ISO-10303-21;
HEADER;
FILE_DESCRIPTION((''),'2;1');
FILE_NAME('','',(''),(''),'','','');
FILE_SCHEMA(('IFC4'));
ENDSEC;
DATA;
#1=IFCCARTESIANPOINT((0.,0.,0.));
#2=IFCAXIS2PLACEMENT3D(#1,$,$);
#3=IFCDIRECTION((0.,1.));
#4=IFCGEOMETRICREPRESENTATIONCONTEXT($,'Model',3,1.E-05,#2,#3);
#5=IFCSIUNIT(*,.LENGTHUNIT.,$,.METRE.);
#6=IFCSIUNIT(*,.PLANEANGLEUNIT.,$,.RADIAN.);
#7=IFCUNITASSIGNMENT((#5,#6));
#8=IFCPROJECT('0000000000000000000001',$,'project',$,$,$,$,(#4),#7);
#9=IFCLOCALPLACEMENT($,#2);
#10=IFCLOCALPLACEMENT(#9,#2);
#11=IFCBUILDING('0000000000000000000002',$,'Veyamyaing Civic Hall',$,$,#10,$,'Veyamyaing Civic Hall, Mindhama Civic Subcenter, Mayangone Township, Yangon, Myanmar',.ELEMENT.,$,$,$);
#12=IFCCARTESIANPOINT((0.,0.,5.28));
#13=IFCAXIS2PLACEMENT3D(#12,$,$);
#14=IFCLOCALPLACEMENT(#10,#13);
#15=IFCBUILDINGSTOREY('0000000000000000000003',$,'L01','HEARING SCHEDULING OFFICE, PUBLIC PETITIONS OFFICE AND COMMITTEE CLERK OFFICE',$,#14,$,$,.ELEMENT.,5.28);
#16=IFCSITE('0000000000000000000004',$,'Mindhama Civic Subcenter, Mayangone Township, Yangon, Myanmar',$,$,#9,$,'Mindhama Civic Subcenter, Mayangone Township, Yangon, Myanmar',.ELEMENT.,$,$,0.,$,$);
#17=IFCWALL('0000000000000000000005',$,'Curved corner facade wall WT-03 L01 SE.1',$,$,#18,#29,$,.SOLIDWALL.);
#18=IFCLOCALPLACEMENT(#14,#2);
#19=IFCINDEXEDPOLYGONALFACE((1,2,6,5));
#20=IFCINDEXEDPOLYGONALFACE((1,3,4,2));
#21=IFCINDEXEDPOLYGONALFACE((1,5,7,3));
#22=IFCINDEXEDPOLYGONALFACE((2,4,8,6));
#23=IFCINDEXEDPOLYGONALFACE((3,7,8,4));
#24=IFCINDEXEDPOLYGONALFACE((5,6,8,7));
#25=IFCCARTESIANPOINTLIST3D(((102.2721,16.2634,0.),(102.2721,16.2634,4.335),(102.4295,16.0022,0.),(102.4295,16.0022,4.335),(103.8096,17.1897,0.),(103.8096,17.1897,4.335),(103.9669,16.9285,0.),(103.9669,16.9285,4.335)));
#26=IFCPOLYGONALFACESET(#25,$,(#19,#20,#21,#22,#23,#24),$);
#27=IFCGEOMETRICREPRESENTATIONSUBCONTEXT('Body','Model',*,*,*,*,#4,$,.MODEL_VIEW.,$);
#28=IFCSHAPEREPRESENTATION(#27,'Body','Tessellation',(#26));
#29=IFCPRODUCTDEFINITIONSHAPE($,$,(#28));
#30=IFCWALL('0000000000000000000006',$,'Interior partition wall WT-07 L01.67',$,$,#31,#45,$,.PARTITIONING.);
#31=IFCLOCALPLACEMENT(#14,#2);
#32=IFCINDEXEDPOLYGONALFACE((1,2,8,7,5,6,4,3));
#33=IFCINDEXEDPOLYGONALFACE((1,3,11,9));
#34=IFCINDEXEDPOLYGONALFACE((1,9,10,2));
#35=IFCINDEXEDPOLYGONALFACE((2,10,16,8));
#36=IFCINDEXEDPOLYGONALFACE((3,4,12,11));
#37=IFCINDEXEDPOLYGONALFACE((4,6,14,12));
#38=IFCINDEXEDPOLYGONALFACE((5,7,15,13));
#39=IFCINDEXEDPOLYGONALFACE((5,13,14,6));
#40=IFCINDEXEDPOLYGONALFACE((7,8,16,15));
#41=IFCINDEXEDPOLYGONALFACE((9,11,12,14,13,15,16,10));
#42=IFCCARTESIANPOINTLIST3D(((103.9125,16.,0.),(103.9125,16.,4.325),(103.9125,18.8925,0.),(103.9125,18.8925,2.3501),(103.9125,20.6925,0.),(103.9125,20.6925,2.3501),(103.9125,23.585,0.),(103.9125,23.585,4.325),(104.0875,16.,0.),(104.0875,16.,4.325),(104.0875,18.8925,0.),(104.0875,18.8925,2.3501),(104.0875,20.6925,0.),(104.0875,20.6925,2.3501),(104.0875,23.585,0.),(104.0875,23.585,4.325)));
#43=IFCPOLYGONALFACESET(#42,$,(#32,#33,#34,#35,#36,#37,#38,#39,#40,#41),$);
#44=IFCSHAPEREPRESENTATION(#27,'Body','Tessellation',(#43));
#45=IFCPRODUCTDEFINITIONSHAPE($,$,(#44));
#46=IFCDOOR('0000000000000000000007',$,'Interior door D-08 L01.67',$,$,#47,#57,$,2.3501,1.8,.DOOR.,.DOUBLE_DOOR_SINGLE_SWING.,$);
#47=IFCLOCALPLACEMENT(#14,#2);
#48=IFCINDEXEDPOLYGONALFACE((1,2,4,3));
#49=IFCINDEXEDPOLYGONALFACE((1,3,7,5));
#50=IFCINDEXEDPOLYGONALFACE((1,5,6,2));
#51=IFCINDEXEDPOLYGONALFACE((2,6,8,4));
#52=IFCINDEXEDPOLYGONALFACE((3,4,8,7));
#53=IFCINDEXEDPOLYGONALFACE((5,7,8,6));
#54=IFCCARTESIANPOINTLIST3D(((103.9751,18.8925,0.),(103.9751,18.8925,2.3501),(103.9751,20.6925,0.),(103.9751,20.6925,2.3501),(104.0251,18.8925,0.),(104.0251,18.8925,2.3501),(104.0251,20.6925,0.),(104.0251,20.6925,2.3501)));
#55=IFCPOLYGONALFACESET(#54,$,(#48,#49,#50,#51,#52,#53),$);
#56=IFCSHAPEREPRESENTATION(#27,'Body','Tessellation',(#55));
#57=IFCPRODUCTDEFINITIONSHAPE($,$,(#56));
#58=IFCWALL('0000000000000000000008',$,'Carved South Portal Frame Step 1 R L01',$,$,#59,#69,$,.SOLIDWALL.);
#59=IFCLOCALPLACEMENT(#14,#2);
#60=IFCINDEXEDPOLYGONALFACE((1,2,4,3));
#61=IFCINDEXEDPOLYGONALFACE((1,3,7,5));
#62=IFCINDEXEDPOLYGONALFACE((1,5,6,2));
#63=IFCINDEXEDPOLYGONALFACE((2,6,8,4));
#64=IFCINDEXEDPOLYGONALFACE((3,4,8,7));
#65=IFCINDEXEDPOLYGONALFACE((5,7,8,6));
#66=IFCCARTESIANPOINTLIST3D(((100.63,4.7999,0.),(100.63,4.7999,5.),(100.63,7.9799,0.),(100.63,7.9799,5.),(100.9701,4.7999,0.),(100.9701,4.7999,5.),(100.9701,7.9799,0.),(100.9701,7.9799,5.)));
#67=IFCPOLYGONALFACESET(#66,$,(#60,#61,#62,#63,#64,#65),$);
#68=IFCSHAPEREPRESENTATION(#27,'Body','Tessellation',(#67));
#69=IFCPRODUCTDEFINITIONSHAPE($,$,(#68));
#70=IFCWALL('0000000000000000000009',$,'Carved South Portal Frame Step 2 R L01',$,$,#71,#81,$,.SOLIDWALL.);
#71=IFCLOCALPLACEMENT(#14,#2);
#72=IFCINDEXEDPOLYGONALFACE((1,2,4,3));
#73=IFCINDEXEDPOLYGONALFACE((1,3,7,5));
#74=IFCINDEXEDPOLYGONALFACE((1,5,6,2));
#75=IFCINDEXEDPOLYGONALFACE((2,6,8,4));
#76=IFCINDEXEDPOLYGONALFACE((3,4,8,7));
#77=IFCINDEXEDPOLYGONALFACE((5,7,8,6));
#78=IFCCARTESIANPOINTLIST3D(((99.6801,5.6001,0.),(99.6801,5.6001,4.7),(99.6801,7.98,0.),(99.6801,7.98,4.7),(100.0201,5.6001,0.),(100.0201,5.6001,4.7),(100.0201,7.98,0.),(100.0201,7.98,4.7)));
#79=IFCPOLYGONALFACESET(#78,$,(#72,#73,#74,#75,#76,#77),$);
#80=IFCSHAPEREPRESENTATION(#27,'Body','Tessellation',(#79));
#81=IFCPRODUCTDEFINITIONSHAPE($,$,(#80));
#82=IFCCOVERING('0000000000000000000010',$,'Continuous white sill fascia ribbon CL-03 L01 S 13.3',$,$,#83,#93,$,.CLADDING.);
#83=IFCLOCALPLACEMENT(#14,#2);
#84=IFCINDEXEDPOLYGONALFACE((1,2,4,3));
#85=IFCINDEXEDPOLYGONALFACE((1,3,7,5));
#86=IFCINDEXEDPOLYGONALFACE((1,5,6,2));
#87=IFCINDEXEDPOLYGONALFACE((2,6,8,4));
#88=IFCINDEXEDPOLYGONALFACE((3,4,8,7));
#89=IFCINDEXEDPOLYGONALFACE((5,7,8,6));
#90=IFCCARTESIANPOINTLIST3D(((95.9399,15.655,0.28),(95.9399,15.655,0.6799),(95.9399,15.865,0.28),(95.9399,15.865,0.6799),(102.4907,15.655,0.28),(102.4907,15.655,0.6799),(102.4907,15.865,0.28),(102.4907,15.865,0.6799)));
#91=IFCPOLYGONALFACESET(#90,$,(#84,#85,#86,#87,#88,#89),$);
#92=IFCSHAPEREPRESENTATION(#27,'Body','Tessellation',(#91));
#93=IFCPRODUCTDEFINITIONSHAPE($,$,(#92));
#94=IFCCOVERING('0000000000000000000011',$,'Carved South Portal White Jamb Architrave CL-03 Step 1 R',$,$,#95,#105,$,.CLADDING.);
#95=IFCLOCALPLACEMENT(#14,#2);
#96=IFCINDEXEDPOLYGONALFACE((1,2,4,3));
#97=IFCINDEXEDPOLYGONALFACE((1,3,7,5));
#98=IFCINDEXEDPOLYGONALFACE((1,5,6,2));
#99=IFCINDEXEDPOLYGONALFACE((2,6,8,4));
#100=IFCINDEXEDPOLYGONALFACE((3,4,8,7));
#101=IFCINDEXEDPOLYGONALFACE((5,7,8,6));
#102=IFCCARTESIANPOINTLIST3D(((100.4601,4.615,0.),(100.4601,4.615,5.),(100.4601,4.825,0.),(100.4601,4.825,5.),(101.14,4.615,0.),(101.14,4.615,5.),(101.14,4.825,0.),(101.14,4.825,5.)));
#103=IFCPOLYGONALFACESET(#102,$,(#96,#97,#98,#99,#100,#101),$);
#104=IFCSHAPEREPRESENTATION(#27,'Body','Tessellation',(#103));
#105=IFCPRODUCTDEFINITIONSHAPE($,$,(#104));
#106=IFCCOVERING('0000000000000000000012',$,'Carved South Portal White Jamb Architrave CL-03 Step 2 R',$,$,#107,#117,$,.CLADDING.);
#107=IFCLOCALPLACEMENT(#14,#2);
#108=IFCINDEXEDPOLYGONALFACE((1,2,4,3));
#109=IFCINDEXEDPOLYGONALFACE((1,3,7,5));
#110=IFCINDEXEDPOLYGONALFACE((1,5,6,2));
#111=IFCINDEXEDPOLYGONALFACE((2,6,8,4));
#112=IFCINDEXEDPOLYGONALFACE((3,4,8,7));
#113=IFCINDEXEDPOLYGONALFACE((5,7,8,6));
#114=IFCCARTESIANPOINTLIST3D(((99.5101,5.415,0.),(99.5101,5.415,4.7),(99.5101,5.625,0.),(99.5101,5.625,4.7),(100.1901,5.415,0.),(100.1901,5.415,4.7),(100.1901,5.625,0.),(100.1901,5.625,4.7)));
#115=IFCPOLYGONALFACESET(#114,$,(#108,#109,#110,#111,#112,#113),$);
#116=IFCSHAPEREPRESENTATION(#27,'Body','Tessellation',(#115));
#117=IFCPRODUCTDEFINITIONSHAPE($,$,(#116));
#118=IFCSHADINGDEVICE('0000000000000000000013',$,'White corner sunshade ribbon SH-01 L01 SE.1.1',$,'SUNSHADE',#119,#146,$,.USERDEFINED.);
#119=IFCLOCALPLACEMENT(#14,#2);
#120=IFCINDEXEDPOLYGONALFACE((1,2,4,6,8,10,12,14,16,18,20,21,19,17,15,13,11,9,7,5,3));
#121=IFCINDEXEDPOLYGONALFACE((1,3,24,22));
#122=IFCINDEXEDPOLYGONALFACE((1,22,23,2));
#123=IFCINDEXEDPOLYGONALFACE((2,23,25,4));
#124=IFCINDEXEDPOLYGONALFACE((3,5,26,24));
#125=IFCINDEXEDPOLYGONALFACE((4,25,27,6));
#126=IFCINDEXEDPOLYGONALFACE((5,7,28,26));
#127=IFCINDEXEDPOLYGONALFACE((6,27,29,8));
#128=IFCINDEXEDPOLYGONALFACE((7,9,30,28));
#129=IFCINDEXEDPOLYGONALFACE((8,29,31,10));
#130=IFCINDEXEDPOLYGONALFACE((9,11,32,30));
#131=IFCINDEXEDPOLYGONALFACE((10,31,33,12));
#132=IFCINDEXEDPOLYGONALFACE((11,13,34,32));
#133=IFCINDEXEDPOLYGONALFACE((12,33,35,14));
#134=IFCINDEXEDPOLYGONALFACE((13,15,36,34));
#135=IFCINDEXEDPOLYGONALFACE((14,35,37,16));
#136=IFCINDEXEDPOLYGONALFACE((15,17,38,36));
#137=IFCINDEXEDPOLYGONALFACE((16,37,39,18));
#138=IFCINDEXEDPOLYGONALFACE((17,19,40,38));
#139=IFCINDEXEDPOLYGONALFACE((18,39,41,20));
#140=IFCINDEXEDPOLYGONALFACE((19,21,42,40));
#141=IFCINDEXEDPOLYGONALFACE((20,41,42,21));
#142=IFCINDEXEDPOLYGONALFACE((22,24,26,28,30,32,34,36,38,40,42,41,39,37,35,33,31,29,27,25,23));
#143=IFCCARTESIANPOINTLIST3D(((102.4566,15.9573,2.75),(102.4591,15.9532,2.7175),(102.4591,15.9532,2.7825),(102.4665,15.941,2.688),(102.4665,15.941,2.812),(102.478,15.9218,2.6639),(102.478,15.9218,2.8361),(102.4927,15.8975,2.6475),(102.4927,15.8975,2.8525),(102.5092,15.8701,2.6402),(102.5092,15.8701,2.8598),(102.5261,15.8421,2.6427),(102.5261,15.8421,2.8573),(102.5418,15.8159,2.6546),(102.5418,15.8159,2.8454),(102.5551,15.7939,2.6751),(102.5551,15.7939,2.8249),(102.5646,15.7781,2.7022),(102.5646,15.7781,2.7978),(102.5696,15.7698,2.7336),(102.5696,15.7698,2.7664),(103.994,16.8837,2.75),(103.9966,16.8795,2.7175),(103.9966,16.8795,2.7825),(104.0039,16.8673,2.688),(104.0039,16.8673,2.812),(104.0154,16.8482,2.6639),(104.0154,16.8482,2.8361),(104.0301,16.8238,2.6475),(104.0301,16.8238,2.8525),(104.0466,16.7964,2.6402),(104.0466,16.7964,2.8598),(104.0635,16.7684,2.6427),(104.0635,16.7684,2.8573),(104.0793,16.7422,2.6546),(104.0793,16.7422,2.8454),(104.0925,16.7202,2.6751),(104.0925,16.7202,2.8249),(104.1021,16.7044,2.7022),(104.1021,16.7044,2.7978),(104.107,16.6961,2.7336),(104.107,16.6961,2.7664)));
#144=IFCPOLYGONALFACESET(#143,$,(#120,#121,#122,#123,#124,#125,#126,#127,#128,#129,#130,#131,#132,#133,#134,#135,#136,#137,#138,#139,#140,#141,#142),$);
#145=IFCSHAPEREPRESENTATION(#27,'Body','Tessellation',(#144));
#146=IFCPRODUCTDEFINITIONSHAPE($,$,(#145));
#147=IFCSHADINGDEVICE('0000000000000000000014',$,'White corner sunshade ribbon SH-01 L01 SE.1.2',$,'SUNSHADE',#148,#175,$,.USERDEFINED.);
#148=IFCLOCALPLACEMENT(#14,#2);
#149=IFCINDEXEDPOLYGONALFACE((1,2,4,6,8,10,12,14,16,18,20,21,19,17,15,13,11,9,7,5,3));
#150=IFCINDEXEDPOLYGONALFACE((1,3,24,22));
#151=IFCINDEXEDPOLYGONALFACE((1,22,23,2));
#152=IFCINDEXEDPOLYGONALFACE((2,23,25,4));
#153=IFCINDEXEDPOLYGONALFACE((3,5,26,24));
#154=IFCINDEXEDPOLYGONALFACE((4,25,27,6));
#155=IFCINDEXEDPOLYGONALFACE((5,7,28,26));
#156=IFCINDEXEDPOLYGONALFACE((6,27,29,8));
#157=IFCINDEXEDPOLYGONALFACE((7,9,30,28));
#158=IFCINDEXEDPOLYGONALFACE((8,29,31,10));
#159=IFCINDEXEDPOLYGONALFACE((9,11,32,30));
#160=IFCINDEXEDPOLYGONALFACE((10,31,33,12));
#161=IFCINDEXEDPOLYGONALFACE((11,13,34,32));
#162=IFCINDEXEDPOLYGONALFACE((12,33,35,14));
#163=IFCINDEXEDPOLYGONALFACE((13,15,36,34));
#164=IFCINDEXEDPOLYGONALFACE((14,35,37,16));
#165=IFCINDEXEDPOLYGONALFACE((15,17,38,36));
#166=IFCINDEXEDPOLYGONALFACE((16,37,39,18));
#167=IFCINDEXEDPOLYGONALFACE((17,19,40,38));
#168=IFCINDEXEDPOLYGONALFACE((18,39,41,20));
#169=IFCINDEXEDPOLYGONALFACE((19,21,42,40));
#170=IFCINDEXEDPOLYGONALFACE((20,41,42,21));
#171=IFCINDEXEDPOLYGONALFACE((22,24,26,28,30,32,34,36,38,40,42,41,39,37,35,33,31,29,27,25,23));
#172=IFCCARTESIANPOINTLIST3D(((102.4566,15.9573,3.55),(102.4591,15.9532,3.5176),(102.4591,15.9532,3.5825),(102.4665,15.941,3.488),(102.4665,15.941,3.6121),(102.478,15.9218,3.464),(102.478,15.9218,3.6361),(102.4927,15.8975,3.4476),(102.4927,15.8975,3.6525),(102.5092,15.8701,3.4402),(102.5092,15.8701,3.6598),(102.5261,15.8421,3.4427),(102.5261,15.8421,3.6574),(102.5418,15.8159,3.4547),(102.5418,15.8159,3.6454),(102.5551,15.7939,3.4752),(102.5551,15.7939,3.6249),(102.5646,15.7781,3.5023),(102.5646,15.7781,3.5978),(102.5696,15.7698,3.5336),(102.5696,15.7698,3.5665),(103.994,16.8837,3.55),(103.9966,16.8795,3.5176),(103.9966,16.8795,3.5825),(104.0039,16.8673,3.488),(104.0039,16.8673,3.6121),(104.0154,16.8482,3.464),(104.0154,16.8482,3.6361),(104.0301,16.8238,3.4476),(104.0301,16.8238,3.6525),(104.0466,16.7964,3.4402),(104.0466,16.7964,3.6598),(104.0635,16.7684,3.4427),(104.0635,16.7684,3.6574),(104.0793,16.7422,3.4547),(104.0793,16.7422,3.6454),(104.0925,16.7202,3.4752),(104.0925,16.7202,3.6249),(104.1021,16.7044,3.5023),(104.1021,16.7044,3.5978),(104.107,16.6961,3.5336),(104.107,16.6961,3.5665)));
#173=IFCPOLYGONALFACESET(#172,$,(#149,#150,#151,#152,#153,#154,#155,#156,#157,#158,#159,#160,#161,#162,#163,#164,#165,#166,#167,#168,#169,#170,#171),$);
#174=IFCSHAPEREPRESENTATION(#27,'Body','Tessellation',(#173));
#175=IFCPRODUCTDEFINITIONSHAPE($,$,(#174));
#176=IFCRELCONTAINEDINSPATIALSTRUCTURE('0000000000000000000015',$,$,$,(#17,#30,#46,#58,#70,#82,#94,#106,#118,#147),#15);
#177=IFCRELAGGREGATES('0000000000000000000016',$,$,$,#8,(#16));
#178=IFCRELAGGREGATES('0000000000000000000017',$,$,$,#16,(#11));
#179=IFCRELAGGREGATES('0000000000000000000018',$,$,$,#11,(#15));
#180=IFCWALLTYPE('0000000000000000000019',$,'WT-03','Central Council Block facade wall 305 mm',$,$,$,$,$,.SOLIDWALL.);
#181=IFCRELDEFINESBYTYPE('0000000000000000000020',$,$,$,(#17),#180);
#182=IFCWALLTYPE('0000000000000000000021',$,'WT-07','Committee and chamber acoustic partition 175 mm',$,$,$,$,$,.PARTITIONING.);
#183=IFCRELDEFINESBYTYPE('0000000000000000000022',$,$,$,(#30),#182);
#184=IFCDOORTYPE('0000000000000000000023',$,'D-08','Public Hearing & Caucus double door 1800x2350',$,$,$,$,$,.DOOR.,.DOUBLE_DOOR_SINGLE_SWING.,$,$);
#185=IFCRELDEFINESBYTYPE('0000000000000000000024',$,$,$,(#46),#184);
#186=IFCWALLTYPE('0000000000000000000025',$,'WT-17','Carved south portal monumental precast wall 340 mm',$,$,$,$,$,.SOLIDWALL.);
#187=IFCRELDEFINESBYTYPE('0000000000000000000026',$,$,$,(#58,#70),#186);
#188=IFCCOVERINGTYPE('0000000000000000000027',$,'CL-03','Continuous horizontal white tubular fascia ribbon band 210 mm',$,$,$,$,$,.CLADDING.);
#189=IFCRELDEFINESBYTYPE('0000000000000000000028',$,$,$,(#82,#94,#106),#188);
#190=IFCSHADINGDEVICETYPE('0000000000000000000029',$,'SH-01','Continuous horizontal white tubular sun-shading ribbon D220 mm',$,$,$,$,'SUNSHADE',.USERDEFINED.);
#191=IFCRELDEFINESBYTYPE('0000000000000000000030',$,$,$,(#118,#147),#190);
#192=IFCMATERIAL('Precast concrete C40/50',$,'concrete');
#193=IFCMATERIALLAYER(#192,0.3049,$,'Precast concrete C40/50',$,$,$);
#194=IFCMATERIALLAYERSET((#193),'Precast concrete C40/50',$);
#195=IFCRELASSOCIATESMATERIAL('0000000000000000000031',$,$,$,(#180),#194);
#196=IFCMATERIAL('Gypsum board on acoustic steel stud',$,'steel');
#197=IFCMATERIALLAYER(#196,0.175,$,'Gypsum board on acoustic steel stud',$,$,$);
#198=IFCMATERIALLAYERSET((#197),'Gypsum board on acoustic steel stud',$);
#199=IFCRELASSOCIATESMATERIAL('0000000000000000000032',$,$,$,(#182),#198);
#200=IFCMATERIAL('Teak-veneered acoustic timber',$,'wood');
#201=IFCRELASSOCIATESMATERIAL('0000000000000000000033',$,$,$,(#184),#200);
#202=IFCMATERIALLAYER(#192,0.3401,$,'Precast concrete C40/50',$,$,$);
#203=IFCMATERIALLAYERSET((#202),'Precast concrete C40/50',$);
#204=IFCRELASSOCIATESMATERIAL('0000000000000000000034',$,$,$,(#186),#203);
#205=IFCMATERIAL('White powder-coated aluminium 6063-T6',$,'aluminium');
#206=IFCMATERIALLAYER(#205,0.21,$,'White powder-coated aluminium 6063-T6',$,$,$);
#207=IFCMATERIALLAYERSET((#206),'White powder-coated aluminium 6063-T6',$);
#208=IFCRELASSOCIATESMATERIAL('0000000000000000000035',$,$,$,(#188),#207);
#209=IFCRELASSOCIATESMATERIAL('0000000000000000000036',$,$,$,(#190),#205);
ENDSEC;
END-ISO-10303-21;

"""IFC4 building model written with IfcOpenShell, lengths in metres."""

from ifc_helpers import new_model, si_unit, direction, frame, frame_2d, origin, origin_2d, place, context, subcontext, project, spatial, rectangle, circle, extrude, material, layer, layer_set, material_profile, profile_set, type_object, element, fill, save


model = new_model("IFC4")

# Units and contexts
model_context = context("Model", 3, precision=1e-05, world=origin(), true_north=direction((0.0, 1.0)))
body_context = subcontext(model_context, "Body", "Model", "MODEL_VIEW")
ifc_project = project(units=[si_unit("LENGTHUNIT", "METRE"), si_unit("PLANEANGLEUNIT", "RADIAN")], contexts=[model_context])

# Site, building, storey
site_placement = place(None, origin())
site = spatial("IfcSite", under=ifc_project, at=site_placement, Name="Mindhama Civic Subcenter, Mayangone Township, Yangon, Myanmar", LongName="Mindhama Civic Subcenter, Mayangone Township, Yangon, Myanmar", CompositionType="ELEMENT", RefElevation=0.0)
building_placement = place(site_placement, origin())
building = spatial("IfcBuilding", under=site, at=building_placement, Name="Veyamyaing Civic Hall", LongName="Veyamyaing Civic Hall, Mindhama Civic Subcenter, Mayangone Township, Yangon, Myanmar", CompositionType="ELEMENT")
storey_placement = place(building_placement, frame((0.0, 0.0, 5.28)))
storey = spatial("IfcBuildingStorey", under=building, at=storey_placement, Name="L01", Description="HEARING SCHEDULING OFFICE, PUBLIC PETITIONS OFFICE AND COMMITTEE CLERK OFFICE", CompositionType="ELEMENT", Elevation=5.28)

# Wall
ifc_material_1 = material(Name="Precast concrete C40/50", Category="concrete")
ifc_layer_1 = layer(ifc_material_1, 0.3049, Name="Precast concrete C40/50")
ifc_layer_set_1 = layer_set([ifc_layer_1], Name="Precast concrete C40/50")
wall_type_1 = type_object("IfcWallType", Name="WT-03", Description="Central Council Block facade wall 305 mm", PredefinedType="SOLIDWALL", material=ifc_layer_set_1)
wall_1_placement = place(storey_placement, frame((102.3508, 16.1328, 0.0), z_axis=(0.0, 0.0, 1.0), x_axis=(0.856543, 0.516075, 0.0)))
element("IfcWall", 1, at=wall_1_placement, inside=storey, type_object=wall_type_1, Name="Curved corner facade wall WT-03 L01 SE.1", PredefinedType="SOLIDWALL", context=body_context, shape_type="SweptSolid", body=[
    extrude(rectangle(XDim=1.7949, YDim=0.3049, at=frame_2d((0.8975, 0.0))), origin(), (0.0, 0.0, 1.0), 4.335),
])

# Wall, opening, door
ifc_material_2 = material(Name="Gypsum board on acoustic steel stud", Category="steel")
ifc_layer_2 = layer(ifc_material_2, 0.175, Name="Gypsum board on acoustic steel stud")
ifc_layer_set_2 = layer_set([ifc_layer_2], Name="Gypsum board on acoustic steel stud")
wall_type_2 = type_object("IfcWallType", Name="WT-07", Description="Committee and chamber acoustic partition 175 mm", PredefinedType="PARTITIONING", material=ifc_layer_set_2)
wall_2_placement = place(storey_placement, frame((104.0, 16.0, 0.0), z_axis=(0.0, 0.0, 1.0), x_axis=(0.0, 1.0, 0.0)))
wall_2 = element("IfcWall", 2, at=wall_2_placement, inside=storey, type_object=wall_type_2, Name="Interior partition wall WT-07 L01.67", PredefinedType="PARTITIONING", context=body_context, shape_type="SweptSolid", body=[
    extrude(rectangle(XDim=7.585, YDim=0.175, at=frame_2d((3.7925, 0.0))), origin(), (0.0, 0.0, 1.0), 4.325),
])
opening_placement = place(wall_2_placement, frame((2.8926, 0.0, 0.0)))
opening = element("IfcOpeningElement", 3, at=opening_placement, cuts=wall_2, PredefinedType="OPENING", context=body_context, shape_type="SweptSolid", body=[
    extrude(rectangle(XDim=1.8, YDim=2.3501, at=frame_2d((0.8999, 1.175))), frame((0.0, 0.0974, 0.0), z_axis=(0.0, -1.0, 0.0), x_axis=(1.0, 0.0, 0.0)), (0.0, 0.0, 1.0), 0.1951),
])
ifc_material_3 = material(Name="Teak-veneered acoustic timber", Category="wood")
door_type = type_object("IfcDoorType", Name="D-08", Description="Public Hearing & Caucus double door 1800x2350", OperationType="DOUBLE_DOOR_SINGLE_SWING", PredefinedType="DOOR", material=ifc_material_3)
door_placement = place(opening_placement, origin())
door = element("IfcDoor", 4, at=door_placement, inside=storey, type_object=door_type, Name="Interior door D-08 L01.67", OperationType="DOUBLE_DOOR_SINGLE_SWING", OverallHeight=2.3501, OverallWidth=1.8, PredefinedType="DOOR", context=body_context, shape_type="SweptSolid", body=[
    extrude(rectangle(XDim=1.8, YDim=2.3501, at=frame_2d((0.8999, 1.175))), frame((0.0, 0.0249, 0.0), z_axis=(0.0, -1.0, 0.0), x_axis=(1.0, 0.0, 0.0)), (0.0, 0.0, 1.0), 0.05),
])
fill(opening, door)

# Walls
ifc_layer_3 = layer(ifc_material_1, 0.3401, Name="Precast concrete C40/50")
ifc_layer_set_3 = layer_set([ifc_layer_3], Name="Precast concrete C40/50")
wall_type_3 = type_object("IfcWallType", Name="WT-17", Description="Carved south portal monumental precast wall 340 mm", PredefinedType="SOLIDWALL", material=ifc_layer_set_3)
wall_3_placement = place(storey_placement, frame((100.8, 4.8, 0.0), z_axis=(0.0, 0.0, 1.0), x_axis=(0.0, 1.0, 0.0)))
element("IfcWall", 5, at=wall_3_placement, inside=storey, type_object=wall_type_3, Name="Carved South Portal Frame Step 1 R L01", PredefinedType="SOLIDWALL", context=body_context, shape_type="SweptSolid", body=[
    extrude(rectangle(XDim=3.1799, YDim=0.3401, at=frame_2d((1.5898, 0.0))), origin(), (0.0, 0.0, 1.0), 5.0),
])
wall_4_placement = place(storey_placement, frame((99.8501, 5.6001, 0.0), z_axis=(0.0, 0.0, 1.0), x_axis=(0.0, 1.0, 0.0)))
element("IfcWall", 6, at=wall_4_placement, inside=storey, type_object=wall_type_3, Name="Carved South Portal Frame Step 2 R L01", PredefinedType="SOLIDWALL", context=body_context, shape_type="SweptSolid", body=[
    extrude(rectangle(XDim=2.3799, YDim=0.3401, at=frame_2d((1.1899, 0.0))), origin(), (0.0, 0.0, 1.0), 4.7),
])

# Coverings
ifc_material_4 = material(Name="White powder-coated aluminium 6063-T6", Category="aluminium")
ifc_layer_4 = layer(ifc_material_4, 0.21, Name="White powder-coated aluminium 6063-T6")
ifc_layer_set_4 = layer_set([ifc_layer_4], Name="White powder-coated aluminium 6063-T6")
covering_type = type_object("IfcCoveringType", Name="CL-03", Description="Continuous horizontal white tubular fascia ribbon band 210 mm", PredefinedType="CLADDING", material=ifc_layer_set_4)
covering_1_placement = place(storey_placement, frame((99.2153, 15.76, 0.28), z_axis=(0.0, 0.0, 1.0), x_axis=(1.0, 0.0, 0.0)))
element("IfcCovering", 7, at=covering_1_placement, inside=storey, type_object=covering_type, Name="Continuous white sill fascia ribbon CL-03 L01 S 13.3", PredefinedType="CLADDING", context=body_context, shape_type="SweptSolid", body=[
    extrude(rectangle(XDim=6.5508, YDim=0.21, at=origin_2d()), origin(), (0.0, 0.0, 1.0), 0.3999),
])
covering_2_placement = place(storey_placement, frame((100.8, 4.72, 0.0), z_axis=(0.0, 0.0, 1.0), x_axis=(1.0, 0.0, 0.0)))
element("IfcCovering", 8, at=covering_2_placement, inside=storey, type_object=covering_type, Name="Carved South Portal White Jamb Architrave CL-03 Step 1 R", PredefinedType="CLADDING", context=body_context, shape_type="SweptSolid", body=[
    extrude(rectangle(XDim=0.6799, YDim=0.21, at=origin_2d()), origin(), (0.0, 0.0, 1.0), 5.0),
])
covering_3_placement = place(storey_placement, frame((99.8501, 5.52, 0.0), z_axis=(0.0, 0.0, 1.0), x_axis=(1.0, 0.0, 0.0)))
element("IfcCovering", 9, at=covering_3_placement, inside=storey, type_object=covering_type, Name="Carved South Portal White Jamb Architrave CL-03 Step 2 R", PredefinedType="CLADDING", context=body_context, shape_type="SweptSolid", body=[
    extrude(rectangle(XDim=0.6799, YDim=0.21, at=origin_2d()), origin(), (0.0, 0.0, 1.0), 4.7),
])

# Shading devices
ifc_material_profile_1 = material_profile(ifc_material_4, circle(Radius=0.1101, at=origin_2d()), Name="SHADE-TUBE-220")
ifc_profile_set_1 = profile_set([ifc_material_profile_1], Name="White powder-coated aluminium 6063-T6")
shading_device_type = type_object("IfcShadingDeviceType", Name="SH-01", Description="Continuous horizontal white tubular sun-shading ribbon D220 mm", ElementType="SUNSHADE", PredefinedType="USERDEFINED", material=ifc_profile_set_1)
for number, where, z_axis, x_axis, name in (
    (10, (102.5134, 15.863, 2.75), (0.856543, 0.516075, 0.0), (-0.516075, 0.856543, 0.0), "White corner sunshade ribbon SH-01 L01 SE.1.1"),
    (11, (102.5134, 15.863, 3.55), (0.856543, 0.516075, 0.0), (-0.516075, 0.856543, 0.0), "White corner sunshade ribbon SH-01 L01 SE.1.2"),
):
    element("IfcShadingDevice", number, at=place(storey_placement, frame(where, z_axis=z_axis, x_axis=x_axis)), inside=storey, type_object=shading_device_type, Name=name, ObjectType="SUNSHADE", PredefinedType="USERDEFINED", context=body_context, shape_type="SweptSolid", body=[
        extrude(circle(Radius=0.1101, at=origin_2d()), origin(), (0.0, 0.0, 1.0), 1.7949),
    ])

save(model, "model.ifc")
